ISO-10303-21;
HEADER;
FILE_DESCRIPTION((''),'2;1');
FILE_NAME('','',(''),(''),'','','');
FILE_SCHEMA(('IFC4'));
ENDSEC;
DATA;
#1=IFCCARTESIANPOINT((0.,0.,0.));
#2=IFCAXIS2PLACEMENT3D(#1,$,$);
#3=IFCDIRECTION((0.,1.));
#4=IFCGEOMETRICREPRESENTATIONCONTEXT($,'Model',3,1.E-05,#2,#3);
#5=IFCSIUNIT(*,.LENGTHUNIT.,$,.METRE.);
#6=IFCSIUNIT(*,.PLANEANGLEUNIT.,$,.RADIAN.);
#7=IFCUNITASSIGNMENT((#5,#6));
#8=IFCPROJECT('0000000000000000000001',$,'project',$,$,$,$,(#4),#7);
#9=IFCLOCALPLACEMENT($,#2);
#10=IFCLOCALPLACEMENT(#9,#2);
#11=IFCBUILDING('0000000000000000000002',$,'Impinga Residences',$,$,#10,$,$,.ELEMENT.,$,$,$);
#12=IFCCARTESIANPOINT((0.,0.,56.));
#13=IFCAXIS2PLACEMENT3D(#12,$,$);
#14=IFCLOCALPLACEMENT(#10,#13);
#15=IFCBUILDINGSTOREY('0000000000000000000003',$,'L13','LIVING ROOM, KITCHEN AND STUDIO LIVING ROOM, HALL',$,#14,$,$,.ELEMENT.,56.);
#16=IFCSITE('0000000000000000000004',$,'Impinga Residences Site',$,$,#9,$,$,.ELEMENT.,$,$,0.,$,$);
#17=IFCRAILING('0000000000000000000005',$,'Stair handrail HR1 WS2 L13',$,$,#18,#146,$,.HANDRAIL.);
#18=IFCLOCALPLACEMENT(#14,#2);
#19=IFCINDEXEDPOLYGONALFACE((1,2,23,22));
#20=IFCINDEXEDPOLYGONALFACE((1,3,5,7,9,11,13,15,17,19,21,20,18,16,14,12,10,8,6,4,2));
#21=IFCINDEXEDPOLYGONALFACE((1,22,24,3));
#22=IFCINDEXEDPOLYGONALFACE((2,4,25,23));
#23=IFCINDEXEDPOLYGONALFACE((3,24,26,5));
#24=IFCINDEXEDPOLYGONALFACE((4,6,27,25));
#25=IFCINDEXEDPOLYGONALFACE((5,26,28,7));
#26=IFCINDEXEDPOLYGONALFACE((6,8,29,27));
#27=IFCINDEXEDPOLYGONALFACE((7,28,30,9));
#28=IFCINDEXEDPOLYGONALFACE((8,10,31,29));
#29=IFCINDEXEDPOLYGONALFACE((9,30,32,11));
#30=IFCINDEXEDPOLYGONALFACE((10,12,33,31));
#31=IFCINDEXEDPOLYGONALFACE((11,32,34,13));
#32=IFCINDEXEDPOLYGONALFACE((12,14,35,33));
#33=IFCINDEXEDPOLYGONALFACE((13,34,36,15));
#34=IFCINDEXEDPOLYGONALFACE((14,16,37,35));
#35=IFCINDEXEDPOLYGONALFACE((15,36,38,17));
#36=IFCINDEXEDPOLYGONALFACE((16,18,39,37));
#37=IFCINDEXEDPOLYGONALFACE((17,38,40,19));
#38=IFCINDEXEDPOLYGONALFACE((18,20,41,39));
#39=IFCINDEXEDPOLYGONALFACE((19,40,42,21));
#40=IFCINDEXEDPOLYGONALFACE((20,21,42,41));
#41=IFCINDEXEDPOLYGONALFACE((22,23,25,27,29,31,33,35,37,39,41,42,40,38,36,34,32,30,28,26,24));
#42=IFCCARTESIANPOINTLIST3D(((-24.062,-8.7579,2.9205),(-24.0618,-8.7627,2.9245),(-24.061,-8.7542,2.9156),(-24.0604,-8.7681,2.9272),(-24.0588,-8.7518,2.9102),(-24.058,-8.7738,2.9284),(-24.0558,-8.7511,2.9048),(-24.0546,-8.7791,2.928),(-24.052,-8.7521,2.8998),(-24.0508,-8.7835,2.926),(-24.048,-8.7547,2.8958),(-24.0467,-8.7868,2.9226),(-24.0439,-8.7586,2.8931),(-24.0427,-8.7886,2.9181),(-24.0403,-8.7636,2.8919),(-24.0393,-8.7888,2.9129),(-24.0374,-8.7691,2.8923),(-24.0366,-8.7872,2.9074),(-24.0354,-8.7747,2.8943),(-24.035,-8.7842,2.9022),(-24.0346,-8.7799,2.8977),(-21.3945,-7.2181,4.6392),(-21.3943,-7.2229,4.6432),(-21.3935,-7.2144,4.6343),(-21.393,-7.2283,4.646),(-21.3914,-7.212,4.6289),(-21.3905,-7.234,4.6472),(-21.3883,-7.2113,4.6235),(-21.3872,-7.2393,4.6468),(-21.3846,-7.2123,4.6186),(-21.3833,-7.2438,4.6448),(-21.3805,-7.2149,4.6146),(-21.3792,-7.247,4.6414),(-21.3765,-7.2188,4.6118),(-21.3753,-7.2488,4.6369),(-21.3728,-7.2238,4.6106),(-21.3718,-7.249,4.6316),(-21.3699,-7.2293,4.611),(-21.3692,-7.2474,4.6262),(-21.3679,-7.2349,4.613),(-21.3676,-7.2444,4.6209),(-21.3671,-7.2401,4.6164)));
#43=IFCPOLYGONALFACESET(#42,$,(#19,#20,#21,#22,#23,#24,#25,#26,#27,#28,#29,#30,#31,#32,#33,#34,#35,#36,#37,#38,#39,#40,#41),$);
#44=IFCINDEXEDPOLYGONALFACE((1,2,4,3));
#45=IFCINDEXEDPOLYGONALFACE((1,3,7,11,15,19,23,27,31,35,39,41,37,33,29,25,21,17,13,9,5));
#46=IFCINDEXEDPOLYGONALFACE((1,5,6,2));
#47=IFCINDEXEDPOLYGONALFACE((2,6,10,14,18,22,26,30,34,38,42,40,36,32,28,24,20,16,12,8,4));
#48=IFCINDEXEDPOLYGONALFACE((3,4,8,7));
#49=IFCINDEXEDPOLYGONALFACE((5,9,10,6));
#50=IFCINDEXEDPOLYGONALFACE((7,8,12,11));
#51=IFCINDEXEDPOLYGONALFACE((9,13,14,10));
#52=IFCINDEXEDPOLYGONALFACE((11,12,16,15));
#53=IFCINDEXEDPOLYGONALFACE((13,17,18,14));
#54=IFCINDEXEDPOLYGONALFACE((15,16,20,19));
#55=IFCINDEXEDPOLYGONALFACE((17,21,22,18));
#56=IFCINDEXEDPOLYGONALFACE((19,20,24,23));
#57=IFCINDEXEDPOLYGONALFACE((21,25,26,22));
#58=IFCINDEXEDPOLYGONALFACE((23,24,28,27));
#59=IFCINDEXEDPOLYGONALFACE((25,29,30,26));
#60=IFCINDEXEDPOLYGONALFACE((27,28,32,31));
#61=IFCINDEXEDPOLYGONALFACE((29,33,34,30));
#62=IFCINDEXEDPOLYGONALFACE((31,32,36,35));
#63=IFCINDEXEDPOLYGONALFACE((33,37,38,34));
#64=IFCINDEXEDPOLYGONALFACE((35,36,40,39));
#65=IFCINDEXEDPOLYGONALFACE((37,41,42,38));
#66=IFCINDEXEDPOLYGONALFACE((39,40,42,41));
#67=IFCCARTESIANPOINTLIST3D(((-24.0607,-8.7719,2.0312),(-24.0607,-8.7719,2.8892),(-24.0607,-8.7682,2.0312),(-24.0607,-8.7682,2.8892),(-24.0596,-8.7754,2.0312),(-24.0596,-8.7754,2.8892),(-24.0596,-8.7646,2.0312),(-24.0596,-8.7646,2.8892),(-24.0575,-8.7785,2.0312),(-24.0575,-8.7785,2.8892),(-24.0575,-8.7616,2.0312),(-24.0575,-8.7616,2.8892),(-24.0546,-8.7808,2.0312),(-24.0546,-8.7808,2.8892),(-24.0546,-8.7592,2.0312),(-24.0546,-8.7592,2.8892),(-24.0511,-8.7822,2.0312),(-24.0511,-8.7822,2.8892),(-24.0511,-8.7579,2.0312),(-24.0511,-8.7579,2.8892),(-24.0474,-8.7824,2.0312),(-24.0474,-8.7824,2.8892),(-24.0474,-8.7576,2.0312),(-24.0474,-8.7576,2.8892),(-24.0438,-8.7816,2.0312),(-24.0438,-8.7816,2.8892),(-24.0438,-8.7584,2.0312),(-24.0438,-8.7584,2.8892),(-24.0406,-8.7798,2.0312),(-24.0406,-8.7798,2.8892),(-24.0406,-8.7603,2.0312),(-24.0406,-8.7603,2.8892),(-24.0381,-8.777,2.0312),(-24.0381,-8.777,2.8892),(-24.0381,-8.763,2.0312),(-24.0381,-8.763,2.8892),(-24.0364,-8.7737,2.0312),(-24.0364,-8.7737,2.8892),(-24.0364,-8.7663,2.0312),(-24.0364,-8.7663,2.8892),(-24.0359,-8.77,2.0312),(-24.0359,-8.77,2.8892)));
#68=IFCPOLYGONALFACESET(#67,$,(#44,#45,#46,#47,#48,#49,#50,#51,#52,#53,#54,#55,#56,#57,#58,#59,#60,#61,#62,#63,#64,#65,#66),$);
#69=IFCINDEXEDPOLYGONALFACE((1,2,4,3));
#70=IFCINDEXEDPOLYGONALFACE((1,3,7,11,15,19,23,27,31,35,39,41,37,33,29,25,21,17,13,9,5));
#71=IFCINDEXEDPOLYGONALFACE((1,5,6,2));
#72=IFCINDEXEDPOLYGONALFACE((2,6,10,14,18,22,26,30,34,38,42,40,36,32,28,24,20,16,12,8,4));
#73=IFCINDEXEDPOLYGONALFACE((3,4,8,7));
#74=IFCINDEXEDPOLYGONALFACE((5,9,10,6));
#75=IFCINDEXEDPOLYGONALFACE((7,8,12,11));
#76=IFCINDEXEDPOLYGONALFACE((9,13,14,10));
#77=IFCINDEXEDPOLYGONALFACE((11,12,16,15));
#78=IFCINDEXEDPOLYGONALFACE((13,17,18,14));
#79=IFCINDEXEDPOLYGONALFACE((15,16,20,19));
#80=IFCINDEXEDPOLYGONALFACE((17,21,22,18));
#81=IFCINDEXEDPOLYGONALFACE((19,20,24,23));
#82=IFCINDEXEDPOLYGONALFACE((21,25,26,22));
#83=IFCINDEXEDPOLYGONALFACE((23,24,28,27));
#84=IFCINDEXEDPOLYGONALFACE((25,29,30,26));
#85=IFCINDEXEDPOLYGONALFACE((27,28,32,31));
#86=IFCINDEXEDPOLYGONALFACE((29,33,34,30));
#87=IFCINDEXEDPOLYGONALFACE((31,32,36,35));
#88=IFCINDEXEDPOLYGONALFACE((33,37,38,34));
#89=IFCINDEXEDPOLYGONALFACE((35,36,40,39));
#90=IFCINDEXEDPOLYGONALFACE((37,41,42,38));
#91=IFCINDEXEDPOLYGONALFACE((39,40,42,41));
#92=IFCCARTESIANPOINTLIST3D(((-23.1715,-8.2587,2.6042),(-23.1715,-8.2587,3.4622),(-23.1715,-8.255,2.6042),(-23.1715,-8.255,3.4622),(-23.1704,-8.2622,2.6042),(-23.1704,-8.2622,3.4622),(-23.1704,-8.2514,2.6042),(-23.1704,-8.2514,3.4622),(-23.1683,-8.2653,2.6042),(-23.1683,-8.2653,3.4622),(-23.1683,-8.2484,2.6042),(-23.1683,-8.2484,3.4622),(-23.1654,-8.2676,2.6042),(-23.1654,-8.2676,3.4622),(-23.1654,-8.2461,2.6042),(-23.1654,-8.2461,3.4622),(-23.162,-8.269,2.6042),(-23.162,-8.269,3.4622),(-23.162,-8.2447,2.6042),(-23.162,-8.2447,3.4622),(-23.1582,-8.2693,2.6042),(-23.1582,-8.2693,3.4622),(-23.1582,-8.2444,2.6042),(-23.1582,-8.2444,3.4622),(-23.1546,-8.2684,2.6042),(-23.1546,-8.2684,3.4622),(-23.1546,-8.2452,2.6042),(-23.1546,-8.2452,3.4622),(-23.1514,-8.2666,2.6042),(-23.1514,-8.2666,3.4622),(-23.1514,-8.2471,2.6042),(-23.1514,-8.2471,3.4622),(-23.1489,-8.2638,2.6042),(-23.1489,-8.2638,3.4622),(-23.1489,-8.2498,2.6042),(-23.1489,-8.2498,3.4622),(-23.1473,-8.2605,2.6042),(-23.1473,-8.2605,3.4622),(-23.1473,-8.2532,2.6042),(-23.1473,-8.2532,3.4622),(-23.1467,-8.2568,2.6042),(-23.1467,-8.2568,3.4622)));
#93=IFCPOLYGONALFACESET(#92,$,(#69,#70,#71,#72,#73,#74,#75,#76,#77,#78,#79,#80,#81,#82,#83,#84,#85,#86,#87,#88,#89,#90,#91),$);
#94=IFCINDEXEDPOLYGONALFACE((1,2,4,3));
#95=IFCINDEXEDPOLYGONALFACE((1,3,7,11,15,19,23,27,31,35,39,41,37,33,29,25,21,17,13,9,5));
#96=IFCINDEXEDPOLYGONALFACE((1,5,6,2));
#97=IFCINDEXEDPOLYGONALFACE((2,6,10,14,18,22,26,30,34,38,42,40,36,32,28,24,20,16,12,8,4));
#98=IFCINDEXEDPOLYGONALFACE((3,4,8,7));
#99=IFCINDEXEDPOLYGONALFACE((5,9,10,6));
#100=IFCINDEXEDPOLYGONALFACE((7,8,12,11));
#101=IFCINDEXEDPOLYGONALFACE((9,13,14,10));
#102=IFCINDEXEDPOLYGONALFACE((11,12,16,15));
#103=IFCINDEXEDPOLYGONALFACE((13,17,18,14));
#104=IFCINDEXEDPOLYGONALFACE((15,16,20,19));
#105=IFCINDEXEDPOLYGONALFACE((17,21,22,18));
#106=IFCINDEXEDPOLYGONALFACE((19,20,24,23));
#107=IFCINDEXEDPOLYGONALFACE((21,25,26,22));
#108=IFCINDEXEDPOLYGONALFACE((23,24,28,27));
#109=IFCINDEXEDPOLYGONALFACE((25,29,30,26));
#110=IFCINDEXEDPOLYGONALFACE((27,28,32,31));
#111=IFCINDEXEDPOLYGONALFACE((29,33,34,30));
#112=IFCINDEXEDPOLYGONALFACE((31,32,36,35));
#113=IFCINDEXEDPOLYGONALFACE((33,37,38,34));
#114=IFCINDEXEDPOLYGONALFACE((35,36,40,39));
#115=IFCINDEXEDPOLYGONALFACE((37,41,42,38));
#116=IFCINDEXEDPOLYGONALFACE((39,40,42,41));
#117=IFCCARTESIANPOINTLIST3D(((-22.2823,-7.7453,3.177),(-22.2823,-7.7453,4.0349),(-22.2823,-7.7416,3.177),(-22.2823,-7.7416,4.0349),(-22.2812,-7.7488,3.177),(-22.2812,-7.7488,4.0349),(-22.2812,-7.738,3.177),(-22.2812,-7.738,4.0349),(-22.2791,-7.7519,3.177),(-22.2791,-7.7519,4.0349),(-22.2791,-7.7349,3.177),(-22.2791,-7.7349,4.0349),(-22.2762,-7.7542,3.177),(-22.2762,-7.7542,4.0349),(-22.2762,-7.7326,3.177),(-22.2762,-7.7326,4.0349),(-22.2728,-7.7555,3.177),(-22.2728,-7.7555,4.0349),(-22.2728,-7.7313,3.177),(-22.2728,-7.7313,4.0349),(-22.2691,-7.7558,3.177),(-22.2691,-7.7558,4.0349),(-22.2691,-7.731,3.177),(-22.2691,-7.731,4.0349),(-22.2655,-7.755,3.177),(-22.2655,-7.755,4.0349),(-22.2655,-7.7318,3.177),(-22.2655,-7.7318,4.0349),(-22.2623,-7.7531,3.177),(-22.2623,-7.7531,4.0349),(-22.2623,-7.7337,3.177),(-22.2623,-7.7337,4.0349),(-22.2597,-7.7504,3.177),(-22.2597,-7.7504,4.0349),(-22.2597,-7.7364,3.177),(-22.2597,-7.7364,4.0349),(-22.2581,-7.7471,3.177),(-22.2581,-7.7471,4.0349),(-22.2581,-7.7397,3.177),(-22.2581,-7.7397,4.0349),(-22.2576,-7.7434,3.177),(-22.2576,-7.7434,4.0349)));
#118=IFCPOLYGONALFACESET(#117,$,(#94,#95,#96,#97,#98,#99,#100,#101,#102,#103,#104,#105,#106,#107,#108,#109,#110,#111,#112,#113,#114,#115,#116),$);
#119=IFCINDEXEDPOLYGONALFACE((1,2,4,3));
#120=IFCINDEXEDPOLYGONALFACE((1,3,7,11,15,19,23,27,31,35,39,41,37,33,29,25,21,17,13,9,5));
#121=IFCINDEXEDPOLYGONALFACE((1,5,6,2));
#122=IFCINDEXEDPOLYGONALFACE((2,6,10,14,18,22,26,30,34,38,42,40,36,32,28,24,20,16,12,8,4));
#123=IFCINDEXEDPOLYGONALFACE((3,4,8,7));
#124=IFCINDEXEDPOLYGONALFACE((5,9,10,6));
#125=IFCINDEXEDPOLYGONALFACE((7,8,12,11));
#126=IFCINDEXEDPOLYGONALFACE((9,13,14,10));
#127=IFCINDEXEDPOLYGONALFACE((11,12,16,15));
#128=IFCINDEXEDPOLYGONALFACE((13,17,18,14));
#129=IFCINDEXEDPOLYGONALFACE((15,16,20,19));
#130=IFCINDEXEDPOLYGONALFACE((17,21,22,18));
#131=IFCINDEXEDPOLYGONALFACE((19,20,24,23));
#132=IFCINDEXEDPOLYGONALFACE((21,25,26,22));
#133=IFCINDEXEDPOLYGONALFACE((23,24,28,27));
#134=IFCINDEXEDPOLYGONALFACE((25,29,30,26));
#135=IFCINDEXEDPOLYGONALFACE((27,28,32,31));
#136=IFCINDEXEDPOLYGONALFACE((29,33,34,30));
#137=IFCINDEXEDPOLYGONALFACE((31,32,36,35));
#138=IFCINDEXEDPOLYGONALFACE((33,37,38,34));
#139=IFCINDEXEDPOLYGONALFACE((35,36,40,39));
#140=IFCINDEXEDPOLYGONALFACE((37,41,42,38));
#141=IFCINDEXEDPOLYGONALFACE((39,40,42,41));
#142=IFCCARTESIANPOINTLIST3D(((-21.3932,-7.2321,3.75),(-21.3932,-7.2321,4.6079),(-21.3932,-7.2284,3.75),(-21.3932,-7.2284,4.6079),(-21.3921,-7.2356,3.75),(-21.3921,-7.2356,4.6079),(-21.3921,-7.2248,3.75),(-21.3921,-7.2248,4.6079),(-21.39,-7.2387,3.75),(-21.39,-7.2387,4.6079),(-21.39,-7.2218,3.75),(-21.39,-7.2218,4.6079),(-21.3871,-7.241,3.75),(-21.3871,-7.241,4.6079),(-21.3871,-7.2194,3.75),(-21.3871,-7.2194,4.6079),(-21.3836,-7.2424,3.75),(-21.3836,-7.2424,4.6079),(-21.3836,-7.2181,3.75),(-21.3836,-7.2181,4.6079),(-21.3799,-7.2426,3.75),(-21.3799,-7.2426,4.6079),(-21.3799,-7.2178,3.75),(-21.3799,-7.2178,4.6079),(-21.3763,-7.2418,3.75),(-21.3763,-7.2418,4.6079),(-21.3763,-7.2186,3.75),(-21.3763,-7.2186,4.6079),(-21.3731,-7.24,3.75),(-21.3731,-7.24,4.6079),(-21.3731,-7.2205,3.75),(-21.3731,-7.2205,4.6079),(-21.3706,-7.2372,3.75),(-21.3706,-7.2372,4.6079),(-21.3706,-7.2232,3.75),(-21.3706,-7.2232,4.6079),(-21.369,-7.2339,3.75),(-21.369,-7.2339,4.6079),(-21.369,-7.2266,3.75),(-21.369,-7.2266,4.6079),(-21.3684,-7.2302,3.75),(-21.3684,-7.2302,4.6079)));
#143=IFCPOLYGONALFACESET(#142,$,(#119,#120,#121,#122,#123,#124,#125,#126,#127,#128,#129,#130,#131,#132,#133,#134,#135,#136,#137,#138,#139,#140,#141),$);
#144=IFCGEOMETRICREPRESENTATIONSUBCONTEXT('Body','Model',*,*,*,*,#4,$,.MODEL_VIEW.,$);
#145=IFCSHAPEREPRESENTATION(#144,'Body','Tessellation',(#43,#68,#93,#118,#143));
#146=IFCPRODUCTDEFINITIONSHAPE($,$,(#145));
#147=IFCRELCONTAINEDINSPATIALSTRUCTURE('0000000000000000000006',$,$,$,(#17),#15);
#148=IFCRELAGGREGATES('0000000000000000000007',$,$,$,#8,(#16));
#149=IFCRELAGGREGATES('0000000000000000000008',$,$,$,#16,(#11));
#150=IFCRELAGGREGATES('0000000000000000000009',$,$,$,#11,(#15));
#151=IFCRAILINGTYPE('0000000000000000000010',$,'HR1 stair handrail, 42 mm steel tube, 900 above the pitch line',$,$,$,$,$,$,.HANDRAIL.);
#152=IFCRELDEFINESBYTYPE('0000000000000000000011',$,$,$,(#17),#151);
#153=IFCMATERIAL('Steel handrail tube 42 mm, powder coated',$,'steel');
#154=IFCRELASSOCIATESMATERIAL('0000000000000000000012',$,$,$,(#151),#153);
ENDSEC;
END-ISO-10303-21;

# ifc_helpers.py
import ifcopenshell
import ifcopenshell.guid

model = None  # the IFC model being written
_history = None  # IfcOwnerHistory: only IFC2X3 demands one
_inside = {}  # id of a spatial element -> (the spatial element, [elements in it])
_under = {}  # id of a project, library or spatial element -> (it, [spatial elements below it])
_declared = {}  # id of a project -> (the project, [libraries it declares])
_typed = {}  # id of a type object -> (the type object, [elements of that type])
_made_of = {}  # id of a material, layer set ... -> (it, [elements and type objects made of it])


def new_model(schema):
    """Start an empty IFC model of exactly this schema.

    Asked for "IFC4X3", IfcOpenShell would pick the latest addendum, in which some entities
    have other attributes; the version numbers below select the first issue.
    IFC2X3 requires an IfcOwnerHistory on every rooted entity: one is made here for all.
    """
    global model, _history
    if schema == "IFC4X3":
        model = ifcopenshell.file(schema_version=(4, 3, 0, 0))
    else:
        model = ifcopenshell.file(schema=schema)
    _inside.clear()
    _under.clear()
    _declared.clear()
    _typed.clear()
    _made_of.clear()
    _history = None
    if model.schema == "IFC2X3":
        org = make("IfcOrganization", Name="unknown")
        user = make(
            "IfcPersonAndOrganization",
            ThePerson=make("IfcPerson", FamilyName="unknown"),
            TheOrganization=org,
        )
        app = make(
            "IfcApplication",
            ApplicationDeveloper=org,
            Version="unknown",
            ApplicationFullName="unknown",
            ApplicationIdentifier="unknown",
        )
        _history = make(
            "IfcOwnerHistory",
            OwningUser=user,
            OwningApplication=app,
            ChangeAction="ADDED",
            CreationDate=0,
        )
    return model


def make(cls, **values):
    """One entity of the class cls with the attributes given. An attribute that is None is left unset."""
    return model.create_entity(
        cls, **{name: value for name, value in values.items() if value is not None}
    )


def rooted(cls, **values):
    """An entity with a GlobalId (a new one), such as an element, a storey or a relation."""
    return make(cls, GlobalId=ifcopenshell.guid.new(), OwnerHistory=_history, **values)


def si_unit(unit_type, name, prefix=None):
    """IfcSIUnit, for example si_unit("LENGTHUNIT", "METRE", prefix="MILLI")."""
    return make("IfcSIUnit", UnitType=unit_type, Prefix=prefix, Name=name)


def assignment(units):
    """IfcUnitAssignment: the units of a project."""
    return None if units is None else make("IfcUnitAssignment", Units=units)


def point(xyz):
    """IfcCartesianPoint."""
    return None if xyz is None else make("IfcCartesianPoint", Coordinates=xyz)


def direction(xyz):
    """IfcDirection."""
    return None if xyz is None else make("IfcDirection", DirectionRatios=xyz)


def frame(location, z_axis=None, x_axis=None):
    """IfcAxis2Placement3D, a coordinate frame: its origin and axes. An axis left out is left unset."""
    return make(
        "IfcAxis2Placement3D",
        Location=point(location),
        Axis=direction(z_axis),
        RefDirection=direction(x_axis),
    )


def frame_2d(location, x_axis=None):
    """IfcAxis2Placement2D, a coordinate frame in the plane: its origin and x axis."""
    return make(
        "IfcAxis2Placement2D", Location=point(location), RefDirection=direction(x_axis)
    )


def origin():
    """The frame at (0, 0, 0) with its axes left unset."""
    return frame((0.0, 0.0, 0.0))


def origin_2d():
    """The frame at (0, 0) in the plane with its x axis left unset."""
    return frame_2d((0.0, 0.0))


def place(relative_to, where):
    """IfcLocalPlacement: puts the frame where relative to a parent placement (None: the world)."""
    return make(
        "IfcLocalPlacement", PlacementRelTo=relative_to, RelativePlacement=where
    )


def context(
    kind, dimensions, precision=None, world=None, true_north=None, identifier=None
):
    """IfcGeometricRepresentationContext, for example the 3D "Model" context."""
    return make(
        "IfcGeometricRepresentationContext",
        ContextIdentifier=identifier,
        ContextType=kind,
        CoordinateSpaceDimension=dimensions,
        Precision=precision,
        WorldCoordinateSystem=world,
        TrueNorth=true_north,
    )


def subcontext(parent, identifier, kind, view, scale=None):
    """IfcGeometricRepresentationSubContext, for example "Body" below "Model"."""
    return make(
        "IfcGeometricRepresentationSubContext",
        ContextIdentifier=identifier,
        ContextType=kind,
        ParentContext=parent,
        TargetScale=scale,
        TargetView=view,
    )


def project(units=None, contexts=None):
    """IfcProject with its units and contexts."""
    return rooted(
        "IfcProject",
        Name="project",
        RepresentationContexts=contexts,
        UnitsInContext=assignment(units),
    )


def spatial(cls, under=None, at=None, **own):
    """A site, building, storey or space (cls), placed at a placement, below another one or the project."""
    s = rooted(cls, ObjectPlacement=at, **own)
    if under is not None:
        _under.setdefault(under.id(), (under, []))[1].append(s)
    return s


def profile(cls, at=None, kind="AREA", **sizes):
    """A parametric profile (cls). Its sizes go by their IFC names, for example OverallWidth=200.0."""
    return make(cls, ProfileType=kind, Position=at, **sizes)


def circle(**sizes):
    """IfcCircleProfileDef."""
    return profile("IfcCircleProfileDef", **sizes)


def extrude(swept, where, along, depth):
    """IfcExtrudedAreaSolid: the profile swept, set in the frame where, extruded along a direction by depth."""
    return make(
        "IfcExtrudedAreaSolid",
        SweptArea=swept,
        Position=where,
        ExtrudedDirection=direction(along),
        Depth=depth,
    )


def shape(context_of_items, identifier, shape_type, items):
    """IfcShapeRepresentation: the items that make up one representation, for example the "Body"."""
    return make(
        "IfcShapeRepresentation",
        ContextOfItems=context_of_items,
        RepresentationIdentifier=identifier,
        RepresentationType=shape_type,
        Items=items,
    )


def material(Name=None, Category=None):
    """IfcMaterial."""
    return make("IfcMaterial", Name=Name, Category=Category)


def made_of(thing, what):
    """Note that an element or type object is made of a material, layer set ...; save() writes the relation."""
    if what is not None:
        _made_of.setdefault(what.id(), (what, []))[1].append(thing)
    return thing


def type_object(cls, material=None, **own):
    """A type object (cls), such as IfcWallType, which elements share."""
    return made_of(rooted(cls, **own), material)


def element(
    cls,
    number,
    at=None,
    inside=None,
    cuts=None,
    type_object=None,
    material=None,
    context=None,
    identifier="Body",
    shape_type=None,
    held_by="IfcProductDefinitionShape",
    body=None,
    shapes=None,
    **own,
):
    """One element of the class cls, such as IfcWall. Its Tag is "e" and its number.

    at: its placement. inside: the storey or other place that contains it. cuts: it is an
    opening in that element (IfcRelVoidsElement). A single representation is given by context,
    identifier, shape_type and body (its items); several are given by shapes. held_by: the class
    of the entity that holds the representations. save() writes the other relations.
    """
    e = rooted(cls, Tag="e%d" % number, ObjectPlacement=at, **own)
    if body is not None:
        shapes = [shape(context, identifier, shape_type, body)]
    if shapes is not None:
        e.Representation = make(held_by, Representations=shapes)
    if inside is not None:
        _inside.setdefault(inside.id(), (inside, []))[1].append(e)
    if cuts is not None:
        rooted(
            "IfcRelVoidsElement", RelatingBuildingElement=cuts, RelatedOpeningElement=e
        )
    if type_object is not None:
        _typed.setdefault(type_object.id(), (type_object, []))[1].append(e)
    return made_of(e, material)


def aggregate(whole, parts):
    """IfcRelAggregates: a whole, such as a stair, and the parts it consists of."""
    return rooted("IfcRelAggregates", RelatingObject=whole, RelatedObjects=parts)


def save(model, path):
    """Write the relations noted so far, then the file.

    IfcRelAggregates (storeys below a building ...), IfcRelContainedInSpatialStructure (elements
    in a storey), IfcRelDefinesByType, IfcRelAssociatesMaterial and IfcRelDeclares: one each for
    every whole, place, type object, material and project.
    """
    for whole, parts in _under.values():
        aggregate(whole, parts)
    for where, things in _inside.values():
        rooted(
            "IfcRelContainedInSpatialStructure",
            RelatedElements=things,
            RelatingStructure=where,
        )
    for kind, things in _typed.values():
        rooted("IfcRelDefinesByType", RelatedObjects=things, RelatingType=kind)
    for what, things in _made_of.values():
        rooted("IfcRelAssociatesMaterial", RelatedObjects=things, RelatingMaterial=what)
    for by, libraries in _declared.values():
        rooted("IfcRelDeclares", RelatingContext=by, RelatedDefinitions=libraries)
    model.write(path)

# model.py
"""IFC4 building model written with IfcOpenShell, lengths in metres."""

from ifc_helpers import new_model, si_unit, direction, frame, origin, origin_2d, place, context, subcontext, project, spatial, circle, extrude, material, type_object, element, save


model = new_model("IFC4")

# Units and contexts
model_context = context("Model", 3, precision=1e-05, world=origin(), true_north=direction((0.0, 1.0)))
body_context = subcontext(model_context, "Body", "Model", "MODEL_VIEW")
ifc_project = project(units=[si_unit("LENGTHUNIT", "METRE"), si_unit("PLANEANGLEUNIT", "RADIAN")], contexts=[model_context])

# Site, building, storey
site_placement = place(None, origin())
site = spatial("IfcSite", under=ifc_project, at=site_placement, Name="Impinga Residences Site", CompositionType="ELEMENT", RefElevation=0.0)
building_placement = place(site_placement, origin())
building = spatial("IfcBuilding", under=site, at=building_placement, Name="Impinga Residences", CompositionType="ELEMENT")
storey_placement = place(building_placement, frame((0.0, 0.0, 56.0)))
storey = spatial("IfcBuildingStorey", under=building, at=storey_placement, Name="L13", Description="LIVING ROOM, KITCHEN AND STUDIO LIVING ROOM, HALL", CompositionType="ELEMENT", Elevation=56.0)

# Railing
ifc_material_1 = material(Name="Steel handrail tube 42 mm, powder coated", Category="steel")
railing_type_1 = type_object("IfcRailingType", Name="HR1 stair handrail, 42 mm steel tube, 900 above the pitch line", PredefinedType="HANDRAIL", material=ifc_material_1)
railing_1_placement = place(storey_placement, frame((-24.0483, -8.77, 2.0312)))
element("IfcRailing", 1, at=railing_1_placement, inside=storey, type_object=railing_type_1, Name="Stair handrail HR1 WS2 L13", PredefinedType="HANDRAIL", context=body_context, shape_type="SweptSolid", body=[
    extrude(circle(Radius=0.021, at=origin_2d()), frame((0.0, 0.0, 0.8789), z_axis=(0.756279, 0.43656, 0.487297), x_axis=(-0.499933, 0.866064, 0.0)), (0.0, 0.0, 1.0), 3.5271),
    extrude(circle(Radius=0.0125, at=origin_2d()), origin(), (0.0, 0.0, 1.0), 0.8579),
    extrude(circle(Radius=0.0125, at=origin_2d()), frame((0.8892, 0.5132, 0.573)), (0.0, 0.0, 1.0), 0.8579),
    extrude(circle(Radius=0.0125, at=origin_2d()), frame((1.7783, 1.0266, 1.1458)), (0.0, 0.0, 1.0), 0.8579),
    extrude(circle(Radius=0.0125, at=origin_2d()), frame((2.6675, 1.5398, 1.7188)), (0.0, 0.0, 1.0), 0.8579),
])

save(model, "model.ifc")
